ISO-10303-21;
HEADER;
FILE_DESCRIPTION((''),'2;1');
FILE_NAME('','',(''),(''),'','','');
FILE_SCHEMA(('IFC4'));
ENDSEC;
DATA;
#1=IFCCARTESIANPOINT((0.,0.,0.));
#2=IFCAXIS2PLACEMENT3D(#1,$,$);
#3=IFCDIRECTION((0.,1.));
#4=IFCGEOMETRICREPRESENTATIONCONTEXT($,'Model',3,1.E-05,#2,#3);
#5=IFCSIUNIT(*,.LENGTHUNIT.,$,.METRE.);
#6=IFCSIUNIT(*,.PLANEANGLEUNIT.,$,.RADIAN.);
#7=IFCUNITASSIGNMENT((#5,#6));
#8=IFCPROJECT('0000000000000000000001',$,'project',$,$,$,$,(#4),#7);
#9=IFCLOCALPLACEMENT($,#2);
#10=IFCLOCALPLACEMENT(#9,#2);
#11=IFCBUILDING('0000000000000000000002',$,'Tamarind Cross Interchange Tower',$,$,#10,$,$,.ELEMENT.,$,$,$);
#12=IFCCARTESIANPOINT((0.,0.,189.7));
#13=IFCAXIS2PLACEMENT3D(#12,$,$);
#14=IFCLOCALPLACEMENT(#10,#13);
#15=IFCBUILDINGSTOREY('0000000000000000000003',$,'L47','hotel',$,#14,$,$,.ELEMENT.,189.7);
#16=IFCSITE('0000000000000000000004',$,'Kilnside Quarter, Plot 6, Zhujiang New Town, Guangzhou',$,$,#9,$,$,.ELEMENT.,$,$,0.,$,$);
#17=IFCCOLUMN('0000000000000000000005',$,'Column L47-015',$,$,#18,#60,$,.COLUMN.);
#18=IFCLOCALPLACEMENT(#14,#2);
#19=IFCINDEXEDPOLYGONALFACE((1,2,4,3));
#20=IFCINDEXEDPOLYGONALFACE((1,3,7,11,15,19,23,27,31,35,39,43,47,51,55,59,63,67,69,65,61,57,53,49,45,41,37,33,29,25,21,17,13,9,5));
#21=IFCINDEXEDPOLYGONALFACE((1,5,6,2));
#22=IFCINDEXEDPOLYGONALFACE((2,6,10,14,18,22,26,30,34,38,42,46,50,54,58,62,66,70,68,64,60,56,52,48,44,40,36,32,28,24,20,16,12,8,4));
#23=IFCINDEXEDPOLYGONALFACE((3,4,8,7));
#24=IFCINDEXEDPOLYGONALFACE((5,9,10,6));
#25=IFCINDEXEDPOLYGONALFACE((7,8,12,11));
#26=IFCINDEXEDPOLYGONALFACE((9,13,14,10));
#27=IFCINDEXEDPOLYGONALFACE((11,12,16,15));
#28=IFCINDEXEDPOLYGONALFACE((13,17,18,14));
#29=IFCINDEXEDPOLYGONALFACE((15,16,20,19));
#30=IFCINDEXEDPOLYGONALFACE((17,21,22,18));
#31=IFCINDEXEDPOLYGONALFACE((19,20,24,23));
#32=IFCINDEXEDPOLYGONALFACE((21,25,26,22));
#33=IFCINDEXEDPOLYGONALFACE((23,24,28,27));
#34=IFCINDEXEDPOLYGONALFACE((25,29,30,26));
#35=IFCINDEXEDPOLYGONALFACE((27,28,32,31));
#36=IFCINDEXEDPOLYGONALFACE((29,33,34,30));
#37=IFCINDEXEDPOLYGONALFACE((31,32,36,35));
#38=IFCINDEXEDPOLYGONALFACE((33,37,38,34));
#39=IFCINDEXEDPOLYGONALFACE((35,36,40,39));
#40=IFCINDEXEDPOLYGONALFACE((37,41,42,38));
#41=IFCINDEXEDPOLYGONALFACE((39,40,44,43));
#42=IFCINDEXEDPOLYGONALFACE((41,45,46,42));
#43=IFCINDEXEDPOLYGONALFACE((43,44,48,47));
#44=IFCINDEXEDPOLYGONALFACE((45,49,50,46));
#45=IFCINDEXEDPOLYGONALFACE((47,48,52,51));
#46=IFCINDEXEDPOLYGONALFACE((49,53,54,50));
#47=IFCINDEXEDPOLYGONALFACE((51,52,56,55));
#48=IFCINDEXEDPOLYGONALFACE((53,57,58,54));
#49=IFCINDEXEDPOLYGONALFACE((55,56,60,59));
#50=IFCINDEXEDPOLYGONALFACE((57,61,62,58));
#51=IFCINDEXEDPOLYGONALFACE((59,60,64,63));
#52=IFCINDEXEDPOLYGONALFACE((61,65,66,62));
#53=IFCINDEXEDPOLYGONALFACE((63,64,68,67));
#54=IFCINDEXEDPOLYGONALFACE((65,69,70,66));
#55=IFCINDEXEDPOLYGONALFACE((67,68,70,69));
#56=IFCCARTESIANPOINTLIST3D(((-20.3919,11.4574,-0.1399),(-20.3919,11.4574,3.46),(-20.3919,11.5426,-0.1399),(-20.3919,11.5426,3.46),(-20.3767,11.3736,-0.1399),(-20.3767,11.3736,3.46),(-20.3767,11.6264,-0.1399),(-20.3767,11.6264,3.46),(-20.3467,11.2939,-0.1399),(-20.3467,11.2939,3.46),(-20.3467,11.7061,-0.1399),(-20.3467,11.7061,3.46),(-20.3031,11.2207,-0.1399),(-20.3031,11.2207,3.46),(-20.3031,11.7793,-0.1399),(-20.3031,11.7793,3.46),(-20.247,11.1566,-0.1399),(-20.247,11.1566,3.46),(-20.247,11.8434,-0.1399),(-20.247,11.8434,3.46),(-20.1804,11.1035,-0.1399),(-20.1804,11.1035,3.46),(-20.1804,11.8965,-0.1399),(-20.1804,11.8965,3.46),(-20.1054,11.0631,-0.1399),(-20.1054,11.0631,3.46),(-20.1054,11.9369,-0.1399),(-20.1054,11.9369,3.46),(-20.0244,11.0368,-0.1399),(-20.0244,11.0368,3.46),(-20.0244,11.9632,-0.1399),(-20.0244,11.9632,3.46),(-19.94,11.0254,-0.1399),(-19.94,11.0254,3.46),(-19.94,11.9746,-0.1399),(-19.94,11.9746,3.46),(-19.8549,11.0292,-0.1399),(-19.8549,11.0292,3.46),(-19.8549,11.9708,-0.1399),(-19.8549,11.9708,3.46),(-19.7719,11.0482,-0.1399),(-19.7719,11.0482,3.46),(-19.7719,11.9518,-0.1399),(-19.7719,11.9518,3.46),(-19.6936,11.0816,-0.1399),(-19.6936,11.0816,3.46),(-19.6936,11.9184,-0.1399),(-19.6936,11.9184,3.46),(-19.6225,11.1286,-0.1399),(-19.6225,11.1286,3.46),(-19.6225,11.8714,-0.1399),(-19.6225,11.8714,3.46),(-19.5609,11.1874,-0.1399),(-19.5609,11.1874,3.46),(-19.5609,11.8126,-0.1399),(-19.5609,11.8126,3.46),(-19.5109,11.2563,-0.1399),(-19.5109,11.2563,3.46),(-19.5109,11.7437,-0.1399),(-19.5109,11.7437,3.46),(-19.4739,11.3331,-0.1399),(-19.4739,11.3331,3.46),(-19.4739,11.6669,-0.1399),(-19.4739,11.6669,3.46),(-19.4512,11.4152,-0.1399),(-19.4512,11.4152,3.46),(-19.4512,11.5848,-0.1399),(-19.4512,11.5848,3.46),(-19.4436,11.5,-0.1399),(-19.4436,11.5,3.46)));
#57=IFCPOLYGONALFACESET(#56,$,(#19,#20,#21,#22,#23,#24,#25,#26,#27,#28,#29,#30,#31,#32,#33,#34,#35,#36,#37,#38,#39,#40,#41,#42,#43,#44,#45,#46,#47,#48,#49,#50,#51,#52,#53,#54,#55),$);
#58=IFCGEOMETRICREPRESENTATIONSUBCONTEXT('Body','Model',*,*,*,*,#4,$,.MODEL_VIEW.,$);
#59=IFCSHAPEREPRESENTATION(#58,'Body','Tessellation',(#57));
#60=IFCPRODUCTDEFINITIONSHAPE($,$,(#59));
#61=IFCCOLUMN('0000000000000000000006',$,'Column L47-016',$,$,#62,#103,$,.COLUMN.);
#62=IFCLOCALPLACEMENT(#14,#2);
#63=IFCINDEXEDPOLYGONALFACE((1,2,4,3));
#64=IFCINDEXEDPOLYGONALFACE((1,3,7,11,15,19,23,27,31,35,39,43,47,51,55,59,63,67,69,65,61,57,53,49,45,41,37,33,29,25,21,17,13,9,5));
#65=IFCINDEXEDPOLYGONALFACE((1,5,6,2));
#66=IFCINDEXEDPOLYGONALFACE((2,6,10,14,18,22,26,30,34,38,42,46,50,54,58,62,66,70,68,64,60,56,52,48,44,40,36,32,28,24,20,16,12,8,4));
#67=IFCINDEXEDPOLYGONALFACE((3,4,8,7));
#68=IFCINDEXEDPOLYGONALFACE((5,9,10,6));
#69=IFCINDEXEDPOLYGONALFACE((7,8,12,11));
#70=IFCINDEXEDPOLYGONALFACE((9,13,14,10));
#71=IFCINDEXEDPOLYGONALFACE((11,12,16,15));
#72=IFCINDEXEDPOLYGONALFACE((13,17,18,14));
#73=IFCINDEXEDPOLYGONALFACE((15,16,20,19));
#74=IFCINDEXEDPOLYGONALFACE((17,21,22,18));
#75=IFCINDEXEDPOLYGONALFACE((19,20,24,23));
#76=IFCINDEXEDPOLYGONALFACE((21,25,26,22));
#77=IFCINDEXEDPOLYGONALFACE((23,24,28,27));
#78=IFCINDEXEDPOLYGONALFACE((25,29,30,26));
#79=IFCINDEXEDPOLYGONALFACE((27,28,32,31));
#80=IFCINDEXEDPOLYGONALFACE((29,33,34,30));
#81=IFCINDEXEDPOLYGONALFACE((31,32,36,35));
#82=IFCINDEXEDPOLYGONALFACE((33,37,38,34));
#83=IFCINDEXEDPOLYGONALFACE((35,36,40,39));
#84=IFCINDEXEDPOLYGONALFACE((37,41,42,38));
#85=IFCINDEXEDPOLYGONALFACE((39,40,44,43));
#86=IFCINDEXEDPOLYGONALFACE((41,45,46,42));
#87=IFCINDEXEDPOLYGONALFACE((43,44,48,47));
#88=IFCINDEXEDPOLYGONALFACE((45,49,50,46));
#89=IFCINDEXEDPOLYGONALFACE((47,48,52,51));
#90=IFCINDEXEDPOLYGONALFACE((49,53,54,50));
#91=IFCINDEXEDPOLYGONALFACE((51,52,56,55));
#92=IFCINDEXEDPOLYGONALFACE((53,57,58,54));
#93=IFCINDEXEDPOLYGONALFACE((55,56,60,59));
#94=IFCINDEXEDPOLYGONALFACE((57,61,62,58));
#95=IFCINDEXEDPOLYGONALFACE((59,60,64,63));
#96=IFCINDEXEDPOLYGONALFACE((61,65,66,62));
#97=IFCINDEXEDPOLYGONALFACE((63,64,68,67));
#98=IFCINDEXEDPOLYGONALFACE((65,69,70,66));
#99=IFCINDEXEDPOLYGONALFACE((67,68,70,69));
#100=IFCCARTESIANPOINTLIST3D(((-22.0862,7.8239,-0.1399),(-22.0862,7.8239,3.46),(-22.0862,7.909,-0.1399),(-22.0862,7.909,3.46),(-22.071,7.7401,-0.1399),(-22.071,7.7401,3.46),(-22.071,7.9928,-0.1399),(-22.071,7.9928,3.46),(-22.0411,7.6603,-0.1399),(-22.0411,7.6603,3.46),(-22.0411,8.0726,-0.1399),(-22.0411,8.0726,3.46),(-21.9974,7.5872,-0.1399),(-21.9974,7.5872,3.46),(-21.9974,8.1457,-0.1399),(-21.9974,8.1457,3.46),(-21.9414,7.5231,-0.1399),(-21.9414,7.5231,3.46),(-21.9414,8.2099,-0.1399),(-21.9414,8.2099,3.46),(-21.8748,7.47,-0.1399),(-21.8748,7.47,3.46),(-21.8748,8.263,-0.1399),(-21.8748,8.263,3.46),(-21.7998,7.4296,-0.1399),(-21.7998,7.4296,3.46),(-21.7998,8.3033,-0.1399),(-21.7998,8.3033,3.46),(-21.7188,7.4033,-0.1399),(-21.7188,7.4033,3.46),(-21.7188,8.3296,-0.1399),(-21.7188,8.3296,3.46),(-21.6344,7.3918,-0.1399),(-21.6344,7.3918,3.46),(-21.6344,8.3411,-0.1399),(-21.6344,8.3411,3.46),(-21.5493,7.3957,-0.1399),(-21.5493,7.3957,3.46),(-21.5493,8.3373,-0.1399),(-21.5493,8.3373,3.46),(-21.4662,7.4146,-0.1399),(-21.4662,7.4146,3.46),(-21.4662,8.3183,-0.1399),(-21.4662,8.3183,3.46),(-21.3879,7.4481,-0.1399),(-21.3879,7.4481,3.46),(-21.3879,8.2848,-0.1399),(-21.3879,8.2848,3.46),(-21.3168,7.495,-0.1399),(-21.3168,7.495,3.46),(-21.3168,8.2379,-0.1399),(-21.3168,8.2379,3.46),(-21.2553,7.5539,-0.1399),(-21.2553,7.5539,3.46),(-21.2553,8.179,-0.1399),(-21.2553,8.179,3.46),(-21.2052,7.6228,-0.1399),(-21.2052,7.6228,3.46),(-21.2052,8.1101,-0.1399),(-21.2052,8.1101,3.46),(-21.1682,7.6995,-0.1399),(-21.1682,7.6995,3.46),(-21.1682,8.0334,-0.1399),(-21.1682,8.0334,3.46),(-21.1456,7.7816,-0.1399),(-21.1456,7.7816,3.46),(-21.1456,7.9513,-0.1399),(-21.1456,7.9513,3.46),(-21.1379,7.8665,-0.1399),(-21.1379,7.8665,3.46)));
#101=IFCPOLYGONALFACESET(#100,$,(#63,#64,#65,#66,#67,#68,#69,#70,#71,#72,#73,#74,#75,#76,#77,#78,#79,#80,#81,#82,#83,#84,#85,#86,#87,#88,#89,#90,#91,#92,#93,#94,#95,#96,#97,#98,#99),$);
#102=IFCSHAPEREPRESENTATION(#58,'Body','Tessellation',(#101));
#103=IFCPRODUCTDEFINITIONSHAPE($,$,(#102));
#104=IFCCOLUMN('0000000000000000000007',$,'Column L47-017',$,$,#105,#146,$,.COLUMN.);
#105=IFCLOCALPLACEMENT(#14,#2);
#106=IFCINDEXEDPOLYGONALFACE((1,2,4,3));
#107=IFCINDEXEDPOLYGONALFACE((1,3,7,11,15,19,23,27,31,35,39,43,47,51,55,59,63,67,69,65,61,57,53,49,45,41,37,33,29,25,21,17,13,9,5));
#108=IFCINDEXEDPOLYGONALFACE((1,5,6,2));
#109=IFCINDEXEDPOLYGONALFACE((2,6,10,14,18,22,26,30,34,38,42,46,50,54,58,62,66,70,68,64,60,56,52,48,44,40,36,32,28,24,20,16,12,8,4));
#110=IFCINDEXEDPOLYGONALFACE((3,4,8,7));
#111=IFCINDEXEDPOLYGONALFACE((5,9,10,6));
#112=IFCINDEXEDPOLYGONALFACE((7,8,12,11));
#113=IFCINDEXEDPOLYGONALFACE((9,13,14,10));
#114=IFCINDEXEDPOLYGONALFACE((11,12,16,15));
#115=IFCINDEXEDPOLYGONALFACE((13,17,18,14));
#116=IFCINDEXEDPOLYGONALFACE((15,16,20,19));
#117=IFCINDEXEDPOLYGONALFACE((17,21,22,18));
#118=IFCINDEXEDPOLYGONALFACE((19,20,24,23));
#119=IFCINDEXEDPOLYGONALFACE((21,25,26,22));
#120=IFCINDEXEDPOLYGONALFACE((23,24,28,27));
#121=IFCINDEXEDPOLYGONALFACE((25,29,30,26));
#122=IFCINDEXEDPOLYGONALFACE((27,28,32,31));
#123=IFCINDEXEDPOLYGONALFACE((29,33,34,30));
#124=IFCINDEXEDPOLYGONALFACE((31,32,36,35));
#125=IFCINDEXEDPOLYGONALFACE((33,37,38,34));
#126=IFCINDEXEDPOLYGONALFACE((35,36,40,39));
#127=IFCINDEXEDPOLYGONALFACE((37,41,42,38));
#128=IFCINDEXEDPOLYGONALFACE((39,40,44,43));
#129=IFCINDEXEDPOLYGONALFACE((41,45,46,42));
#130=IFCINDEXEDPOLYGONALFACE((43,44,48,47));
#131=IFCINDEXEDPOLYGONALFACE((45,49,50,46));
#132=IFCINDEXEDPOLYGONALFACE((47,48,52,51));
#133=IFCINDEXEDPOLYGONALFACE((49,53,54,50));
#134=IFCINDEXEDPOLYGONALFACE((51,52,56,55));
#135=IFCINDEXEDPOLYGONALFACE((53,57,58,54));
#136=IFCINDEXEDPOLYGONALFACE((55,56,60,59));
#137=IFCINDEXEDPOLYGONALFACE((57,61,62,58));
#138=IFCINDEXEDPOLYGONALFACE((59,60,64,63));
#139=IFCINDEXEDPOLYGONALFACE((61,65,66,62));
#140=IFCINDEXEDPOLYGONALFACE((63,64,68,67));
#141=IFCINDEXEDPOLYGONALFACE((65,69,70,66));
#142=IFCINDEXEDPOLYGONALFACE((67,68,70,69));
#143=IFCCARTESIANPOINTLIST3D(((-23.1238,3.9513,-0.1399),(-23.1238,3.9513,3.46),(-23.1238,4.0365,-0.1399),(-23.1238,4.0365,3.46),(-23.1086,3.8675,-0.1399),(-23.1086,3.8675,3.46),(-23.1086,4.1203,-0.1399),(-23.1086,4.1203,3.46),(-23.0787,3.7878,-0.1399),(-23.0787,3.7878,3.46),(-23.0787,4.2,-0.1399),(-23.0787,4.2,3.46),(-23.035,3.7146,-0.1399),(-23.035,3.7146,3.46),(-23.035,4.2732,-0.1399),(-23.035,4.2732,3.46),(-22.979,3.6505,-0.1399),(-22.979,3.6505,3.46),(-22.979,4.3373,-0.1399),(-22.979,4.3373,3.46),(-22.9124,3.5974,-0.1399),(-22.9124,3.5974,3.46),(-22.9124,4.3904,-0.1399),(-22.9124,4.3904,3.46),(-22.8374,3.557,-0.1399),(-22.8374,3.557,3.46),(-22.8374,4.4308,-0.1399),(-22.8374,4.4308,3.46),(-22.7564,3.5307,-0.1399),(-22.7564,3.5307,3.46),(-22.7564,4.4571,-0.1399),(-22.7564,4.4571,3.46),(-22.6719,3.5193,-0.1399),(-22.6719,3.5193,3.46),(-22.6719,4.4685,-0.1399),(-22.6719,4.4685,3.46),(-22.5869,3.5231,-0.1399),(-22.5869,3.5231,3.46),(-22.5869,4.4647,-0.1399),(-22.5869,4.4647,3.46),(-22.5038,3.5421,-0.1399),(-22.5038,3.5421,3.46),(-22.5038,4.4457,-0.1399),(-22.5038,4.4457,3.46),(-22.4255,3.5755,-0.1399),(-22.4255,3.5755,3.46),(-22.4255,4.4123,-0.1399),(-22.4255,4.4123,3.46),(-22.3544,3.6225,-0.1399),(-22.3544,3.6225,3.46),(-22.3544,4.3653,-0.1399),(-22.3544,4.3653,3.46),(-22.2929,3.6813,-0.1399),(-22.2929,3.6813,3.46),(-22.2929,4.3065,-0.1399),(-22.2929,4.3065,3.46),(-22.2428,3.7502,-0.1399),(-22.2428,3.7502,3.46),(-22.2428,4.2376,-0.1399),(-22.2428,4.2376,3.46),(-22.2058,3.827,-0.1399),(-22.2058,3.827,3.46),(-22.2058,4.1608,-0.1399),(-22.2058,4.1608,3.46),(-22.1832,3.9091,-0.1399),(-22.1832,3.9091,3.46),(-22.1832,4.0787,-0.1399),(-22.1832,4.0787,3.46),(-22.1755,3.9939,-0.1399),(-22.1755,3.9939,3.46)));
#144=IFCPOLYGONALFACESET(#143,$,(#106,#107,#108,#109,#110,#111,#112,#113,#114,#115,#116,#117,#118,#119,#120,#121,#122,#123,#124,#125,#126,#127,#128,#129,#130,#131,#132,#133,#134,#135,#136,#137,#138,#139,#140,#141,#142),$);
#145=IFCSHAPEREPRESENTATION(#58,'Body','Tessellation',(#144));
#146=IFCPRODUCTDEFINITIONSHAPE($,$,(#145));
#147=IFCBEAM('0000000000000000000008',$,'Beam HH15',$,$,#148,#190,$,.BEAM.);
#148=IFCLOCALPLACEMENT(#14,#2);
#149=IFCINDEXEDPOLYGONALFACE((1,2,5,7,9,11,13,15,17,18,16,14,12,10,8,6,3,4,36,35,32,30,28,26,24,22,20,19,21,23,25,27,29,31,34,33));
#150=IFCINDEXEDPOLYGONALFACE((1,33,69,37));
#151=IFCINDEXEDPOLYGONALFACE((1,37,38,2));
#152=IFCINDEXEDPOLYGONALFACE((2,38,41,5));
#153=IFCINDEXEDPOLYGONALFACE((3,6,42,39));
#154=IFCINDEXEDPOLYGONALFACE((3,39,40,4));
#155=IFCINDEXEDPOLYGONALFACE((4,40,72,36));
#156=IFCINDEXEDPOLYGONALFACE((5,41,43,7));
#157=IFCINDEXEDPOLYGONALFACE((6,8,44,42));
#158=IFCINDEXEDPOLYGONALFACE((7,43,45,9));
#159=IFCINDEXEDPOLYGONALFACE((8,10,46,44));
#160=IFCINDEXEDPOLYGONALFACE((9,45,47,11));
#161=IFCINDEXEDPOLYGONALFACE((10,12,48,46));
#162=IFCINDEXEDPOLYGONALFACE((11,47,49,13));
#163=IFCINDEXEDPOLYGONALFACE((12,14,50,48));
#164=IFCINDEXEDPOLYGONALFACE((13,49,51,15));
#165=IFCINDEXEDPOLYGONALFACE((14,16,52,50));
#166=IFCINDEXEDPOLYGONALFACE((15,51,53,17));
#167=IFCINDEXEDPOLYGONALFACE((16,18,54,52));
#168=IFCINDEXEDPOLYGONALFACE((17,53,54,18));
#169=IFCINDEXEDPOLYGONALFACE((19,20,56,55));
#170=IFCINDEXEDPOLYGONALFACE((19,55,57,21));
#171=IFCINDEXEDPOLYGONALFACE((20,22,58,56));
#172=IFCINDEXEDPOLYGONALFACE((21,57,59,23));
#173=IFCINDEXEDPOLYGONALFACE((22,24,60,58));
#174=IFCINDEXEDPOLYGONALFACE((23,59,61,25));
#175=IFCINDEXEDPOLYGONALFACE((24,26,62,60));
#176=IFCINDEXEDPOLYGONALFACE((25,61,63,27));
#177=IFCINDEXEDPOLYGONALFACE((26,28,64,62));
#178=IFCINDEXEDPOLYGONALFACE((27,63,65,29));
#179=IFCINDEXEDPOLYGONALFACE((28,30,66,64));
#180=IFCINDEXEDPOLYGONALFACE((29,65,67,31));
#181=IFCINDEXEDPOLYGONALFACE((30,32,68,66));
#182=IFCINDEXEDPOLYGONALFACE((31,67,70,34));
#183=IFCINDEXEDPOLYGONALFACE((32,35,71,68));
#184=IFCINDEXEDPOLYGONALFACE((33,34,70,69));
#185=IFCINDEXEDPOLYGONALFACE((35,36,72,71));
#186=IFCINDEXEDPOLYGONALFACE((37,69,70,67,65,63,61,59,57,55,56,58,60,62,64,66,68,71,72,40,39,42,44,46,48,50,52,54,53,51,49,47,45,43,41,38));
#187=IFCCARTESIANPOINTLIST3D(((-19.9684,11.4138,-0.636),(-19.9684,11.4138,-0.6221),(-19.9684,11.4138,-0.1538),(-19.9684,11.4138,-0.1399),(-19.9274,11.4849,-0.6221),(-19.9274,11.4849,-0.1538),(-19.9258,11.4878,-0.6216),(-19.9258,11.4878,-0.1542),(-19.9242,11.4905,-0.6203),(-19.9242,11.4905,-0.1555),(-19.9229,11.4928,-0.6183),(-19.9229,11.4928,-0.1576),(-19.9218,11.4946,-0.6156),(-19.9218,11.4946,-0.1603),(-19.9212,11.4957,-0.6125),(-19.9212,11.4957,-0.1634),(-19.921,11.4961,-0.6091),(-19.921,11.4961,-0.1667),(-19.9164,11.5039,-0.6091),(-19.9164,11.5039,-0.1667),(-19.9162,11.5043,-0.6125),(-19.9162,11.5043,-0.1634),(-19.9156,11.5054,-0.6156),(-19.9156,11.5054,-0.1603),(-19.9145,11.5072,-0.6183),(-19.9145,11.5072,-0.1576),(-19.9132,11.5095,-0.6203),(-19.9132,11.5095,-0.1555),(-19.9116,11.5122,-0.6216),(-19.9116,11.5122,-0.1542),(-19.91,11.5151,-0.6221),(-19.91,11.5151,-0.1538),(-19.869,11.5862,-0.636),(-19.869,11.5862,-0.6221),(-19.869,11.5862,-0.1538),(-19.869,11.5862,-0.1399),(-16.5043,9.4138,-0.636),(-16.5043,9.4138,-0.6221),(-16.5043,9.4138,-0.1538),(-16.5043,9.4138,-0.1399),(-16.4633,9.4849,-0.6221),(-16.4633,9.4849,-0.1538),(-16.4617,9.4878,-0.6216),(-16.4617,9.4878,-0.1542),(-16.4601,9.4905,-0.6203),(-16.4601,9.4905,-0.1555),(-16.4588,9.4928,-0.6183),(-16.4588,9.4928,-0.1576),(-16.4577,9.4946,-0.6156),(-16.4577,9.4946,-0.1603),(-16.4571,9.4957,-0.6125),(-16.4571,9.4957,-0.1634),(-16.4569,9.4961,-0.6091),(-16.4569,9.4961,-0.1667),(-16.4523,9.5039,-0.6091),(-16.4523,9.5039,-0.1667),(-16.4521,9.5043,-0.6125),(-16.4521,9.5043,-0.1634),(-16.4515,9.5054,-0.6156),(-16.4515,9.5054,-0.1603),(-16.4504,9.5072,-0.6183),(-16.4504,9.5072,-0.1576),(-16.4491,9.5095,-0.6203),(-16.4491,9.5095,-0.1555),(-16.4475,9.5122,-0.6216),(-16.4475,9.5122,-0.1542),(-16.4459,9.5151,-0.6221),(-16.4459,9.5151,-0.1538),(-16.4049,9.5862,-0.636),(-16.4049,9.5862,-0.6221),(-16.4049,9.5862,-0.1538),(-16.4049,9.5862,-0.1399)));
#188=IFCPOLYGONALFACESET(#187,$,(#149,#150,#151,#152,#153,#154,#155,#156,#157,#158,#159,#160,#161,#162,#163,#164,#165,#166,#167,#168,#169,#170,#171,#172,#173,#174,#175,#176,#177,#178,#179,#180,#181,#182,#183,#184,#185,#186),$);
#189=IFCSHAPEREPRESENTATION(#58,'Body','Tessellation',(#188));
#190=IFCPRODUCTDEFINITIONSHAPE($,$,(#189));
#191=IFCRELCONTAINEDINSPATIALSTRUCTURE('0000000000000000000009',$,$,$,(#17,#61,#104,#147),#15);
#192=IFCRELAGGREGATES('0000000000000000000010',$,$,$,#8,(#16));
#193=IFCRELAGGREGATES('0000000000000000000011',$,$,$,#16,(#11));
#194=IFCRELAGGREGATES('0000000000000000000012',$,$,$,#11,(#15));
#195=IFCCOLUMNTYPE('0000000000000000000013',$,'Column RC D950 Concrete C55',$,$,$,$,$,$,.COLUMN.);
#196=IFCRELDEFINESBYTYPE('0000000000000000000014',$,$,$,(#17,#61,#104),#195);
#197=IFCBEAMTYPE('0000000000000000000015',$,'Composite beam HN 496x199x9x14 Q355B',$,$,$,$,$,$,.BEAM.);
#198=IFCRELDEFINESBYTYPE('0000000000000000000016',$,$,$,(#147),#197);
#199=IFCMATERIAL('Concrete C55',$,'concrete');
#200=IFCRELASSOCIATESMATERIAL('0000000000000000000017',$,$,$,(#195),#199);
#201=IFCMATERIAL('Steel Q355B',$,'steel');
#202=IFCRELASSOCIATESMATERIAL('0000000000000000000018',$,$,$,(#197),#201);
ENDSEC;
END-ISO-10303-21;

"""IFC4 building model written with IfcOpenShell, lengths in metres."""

from ifc_helpers import new_model, si_unit, direction, frame, origin, origin_2d, place, context, subcontext, project, spatial, circle, i_section, extrude, material, material_profile, profile_set, type_object, element, save


model = new_model("IFC4")

# Units and contexts
model_context = context("Model", 3, precision=1e-05, world=origin(), true_north=direction((0.0, 1.0)))
body_context = subcontext(model_context, "Body", "Model", "MODEL_VIEW")
ifc_project = project(units=[si_unit("LENGTHUNIT", "METRE"), si_unit("PLANEANGLEUNIT", "RADIAN")], contexts=[model_context])

# Site, building, storey
site_placement = place(None, origin())
site = spatial("IfcSite", under=ifc_project, at=site_placement, Name="Kilnside Quarter, Plot 6, Zhujiang New Town, Guangzhou", CompositionType="ELEMENT", RefElevation=0.0)
building_placement = place(site_placement, origin())
building = spatial("IfcBuilding", under=site, at=building_placement, Name="Tamarind Cross Interchange Tower", CompositionType="ELEMENT")
storey_placement = place(building_placement, frame((0.0, 0.0, 189.7)))
storey = spatial("IfcBuildingStorey", under=building, at=storey_placement, Name="L47", Description="hotel", CompositionType="ELEMENT", Elevation=189.7)

# Columns
ifc_material_1 = material(Name="Concrete C55", Category="concrete")
ifc_material_profile_1 = material_profile(ifc_material_1, circle(Radius=0.4751, at=origin_2d()), Name="RC D950")
ifc_profile_set_1 = profile_set([ifc_material_profile_1], Name="Concrete C55")
column_type = type_object("IfcColumnType", Name="Column RC D950 Concrete C55", PredefinedType="COLUMN", material=ifc_profile_set_1)
for number, where, z_axis, x_axis, name in (
    (1, (-19.9187, 11.5, -0.1399), (0.0, 0.0, 1.0), (1.0, 0.0, 0.0), "Column L47-015"),
    (2, (-21.613, 7.8665, -0.1399), (0.0, 0.0, 1.0), (1.0, 0.0, 0.0), "Column L47-016"),
    (3, (-22.6506, 3.9939, -0.1399), (0.0, 0.0, 1.0), (1.0, 0.0, 0.0), "Column L47-017"),
):
    element("IfcColumn", number, at=place(storey_placement, frame(where, z_axis=z_axis, x_axis=x_axis)), inside=storey, type_object=column_type, Name=name, PredefinedType="COLUMN", context=body_context, shape_type="SweptSolid", body=[
        extrude(circle(Radius=0.4751, at=origin_2d()), origin(), (0.0, 0.0, 1.0), 3.5999),
    ])

# Beam
ifc_material_2 = material(Name="Steel Q355B", Category="steel")
ifc_material_profile_2 = material_profile(ifc_material_2, i_section(OverallWidth=0.199, OverallDepth=0.4961, WebThickness=0.009, FlangeThickness=0.0139, FilletRadius=0.0129, at=origin_2d()), Name="HN 496x199x9x14")
ifc_profile_set_2 = profile_set([ifc_material_profile_2], Name="Steel Q355B")
beam_type = type_object("IfcBeamType", Name="Composite beam HN 496x199x9x14 Q355B", PredefinedType="BEAM", material=ifc_profile_set_2)
beam_1_placement = place(storey_placement, frame((-19.9187, 11.5, -0.3879), z_axis=(0.866026, -0.499999, 0.0), x_axis=(0.499999, 0.866026, 0.0)))
element("IfcBeam", 4, at=beam_1_placement, inside=storey, type_object=beam_type, Name="Beam HH15", PredefinedType="BEAM", context=body_context, shape_type="SweptSolid", body=[
    extrude(i_section(OverallWidth=0.199, OverallDepth=0.4961, WebThickness=0.009, FlangeThickness=0.0139, FilletRadius=0.0129, at=origin_2d()), origin(), (0.0, 0.0, 1.0), 4.0),
])

save(model, "model.ifc")
